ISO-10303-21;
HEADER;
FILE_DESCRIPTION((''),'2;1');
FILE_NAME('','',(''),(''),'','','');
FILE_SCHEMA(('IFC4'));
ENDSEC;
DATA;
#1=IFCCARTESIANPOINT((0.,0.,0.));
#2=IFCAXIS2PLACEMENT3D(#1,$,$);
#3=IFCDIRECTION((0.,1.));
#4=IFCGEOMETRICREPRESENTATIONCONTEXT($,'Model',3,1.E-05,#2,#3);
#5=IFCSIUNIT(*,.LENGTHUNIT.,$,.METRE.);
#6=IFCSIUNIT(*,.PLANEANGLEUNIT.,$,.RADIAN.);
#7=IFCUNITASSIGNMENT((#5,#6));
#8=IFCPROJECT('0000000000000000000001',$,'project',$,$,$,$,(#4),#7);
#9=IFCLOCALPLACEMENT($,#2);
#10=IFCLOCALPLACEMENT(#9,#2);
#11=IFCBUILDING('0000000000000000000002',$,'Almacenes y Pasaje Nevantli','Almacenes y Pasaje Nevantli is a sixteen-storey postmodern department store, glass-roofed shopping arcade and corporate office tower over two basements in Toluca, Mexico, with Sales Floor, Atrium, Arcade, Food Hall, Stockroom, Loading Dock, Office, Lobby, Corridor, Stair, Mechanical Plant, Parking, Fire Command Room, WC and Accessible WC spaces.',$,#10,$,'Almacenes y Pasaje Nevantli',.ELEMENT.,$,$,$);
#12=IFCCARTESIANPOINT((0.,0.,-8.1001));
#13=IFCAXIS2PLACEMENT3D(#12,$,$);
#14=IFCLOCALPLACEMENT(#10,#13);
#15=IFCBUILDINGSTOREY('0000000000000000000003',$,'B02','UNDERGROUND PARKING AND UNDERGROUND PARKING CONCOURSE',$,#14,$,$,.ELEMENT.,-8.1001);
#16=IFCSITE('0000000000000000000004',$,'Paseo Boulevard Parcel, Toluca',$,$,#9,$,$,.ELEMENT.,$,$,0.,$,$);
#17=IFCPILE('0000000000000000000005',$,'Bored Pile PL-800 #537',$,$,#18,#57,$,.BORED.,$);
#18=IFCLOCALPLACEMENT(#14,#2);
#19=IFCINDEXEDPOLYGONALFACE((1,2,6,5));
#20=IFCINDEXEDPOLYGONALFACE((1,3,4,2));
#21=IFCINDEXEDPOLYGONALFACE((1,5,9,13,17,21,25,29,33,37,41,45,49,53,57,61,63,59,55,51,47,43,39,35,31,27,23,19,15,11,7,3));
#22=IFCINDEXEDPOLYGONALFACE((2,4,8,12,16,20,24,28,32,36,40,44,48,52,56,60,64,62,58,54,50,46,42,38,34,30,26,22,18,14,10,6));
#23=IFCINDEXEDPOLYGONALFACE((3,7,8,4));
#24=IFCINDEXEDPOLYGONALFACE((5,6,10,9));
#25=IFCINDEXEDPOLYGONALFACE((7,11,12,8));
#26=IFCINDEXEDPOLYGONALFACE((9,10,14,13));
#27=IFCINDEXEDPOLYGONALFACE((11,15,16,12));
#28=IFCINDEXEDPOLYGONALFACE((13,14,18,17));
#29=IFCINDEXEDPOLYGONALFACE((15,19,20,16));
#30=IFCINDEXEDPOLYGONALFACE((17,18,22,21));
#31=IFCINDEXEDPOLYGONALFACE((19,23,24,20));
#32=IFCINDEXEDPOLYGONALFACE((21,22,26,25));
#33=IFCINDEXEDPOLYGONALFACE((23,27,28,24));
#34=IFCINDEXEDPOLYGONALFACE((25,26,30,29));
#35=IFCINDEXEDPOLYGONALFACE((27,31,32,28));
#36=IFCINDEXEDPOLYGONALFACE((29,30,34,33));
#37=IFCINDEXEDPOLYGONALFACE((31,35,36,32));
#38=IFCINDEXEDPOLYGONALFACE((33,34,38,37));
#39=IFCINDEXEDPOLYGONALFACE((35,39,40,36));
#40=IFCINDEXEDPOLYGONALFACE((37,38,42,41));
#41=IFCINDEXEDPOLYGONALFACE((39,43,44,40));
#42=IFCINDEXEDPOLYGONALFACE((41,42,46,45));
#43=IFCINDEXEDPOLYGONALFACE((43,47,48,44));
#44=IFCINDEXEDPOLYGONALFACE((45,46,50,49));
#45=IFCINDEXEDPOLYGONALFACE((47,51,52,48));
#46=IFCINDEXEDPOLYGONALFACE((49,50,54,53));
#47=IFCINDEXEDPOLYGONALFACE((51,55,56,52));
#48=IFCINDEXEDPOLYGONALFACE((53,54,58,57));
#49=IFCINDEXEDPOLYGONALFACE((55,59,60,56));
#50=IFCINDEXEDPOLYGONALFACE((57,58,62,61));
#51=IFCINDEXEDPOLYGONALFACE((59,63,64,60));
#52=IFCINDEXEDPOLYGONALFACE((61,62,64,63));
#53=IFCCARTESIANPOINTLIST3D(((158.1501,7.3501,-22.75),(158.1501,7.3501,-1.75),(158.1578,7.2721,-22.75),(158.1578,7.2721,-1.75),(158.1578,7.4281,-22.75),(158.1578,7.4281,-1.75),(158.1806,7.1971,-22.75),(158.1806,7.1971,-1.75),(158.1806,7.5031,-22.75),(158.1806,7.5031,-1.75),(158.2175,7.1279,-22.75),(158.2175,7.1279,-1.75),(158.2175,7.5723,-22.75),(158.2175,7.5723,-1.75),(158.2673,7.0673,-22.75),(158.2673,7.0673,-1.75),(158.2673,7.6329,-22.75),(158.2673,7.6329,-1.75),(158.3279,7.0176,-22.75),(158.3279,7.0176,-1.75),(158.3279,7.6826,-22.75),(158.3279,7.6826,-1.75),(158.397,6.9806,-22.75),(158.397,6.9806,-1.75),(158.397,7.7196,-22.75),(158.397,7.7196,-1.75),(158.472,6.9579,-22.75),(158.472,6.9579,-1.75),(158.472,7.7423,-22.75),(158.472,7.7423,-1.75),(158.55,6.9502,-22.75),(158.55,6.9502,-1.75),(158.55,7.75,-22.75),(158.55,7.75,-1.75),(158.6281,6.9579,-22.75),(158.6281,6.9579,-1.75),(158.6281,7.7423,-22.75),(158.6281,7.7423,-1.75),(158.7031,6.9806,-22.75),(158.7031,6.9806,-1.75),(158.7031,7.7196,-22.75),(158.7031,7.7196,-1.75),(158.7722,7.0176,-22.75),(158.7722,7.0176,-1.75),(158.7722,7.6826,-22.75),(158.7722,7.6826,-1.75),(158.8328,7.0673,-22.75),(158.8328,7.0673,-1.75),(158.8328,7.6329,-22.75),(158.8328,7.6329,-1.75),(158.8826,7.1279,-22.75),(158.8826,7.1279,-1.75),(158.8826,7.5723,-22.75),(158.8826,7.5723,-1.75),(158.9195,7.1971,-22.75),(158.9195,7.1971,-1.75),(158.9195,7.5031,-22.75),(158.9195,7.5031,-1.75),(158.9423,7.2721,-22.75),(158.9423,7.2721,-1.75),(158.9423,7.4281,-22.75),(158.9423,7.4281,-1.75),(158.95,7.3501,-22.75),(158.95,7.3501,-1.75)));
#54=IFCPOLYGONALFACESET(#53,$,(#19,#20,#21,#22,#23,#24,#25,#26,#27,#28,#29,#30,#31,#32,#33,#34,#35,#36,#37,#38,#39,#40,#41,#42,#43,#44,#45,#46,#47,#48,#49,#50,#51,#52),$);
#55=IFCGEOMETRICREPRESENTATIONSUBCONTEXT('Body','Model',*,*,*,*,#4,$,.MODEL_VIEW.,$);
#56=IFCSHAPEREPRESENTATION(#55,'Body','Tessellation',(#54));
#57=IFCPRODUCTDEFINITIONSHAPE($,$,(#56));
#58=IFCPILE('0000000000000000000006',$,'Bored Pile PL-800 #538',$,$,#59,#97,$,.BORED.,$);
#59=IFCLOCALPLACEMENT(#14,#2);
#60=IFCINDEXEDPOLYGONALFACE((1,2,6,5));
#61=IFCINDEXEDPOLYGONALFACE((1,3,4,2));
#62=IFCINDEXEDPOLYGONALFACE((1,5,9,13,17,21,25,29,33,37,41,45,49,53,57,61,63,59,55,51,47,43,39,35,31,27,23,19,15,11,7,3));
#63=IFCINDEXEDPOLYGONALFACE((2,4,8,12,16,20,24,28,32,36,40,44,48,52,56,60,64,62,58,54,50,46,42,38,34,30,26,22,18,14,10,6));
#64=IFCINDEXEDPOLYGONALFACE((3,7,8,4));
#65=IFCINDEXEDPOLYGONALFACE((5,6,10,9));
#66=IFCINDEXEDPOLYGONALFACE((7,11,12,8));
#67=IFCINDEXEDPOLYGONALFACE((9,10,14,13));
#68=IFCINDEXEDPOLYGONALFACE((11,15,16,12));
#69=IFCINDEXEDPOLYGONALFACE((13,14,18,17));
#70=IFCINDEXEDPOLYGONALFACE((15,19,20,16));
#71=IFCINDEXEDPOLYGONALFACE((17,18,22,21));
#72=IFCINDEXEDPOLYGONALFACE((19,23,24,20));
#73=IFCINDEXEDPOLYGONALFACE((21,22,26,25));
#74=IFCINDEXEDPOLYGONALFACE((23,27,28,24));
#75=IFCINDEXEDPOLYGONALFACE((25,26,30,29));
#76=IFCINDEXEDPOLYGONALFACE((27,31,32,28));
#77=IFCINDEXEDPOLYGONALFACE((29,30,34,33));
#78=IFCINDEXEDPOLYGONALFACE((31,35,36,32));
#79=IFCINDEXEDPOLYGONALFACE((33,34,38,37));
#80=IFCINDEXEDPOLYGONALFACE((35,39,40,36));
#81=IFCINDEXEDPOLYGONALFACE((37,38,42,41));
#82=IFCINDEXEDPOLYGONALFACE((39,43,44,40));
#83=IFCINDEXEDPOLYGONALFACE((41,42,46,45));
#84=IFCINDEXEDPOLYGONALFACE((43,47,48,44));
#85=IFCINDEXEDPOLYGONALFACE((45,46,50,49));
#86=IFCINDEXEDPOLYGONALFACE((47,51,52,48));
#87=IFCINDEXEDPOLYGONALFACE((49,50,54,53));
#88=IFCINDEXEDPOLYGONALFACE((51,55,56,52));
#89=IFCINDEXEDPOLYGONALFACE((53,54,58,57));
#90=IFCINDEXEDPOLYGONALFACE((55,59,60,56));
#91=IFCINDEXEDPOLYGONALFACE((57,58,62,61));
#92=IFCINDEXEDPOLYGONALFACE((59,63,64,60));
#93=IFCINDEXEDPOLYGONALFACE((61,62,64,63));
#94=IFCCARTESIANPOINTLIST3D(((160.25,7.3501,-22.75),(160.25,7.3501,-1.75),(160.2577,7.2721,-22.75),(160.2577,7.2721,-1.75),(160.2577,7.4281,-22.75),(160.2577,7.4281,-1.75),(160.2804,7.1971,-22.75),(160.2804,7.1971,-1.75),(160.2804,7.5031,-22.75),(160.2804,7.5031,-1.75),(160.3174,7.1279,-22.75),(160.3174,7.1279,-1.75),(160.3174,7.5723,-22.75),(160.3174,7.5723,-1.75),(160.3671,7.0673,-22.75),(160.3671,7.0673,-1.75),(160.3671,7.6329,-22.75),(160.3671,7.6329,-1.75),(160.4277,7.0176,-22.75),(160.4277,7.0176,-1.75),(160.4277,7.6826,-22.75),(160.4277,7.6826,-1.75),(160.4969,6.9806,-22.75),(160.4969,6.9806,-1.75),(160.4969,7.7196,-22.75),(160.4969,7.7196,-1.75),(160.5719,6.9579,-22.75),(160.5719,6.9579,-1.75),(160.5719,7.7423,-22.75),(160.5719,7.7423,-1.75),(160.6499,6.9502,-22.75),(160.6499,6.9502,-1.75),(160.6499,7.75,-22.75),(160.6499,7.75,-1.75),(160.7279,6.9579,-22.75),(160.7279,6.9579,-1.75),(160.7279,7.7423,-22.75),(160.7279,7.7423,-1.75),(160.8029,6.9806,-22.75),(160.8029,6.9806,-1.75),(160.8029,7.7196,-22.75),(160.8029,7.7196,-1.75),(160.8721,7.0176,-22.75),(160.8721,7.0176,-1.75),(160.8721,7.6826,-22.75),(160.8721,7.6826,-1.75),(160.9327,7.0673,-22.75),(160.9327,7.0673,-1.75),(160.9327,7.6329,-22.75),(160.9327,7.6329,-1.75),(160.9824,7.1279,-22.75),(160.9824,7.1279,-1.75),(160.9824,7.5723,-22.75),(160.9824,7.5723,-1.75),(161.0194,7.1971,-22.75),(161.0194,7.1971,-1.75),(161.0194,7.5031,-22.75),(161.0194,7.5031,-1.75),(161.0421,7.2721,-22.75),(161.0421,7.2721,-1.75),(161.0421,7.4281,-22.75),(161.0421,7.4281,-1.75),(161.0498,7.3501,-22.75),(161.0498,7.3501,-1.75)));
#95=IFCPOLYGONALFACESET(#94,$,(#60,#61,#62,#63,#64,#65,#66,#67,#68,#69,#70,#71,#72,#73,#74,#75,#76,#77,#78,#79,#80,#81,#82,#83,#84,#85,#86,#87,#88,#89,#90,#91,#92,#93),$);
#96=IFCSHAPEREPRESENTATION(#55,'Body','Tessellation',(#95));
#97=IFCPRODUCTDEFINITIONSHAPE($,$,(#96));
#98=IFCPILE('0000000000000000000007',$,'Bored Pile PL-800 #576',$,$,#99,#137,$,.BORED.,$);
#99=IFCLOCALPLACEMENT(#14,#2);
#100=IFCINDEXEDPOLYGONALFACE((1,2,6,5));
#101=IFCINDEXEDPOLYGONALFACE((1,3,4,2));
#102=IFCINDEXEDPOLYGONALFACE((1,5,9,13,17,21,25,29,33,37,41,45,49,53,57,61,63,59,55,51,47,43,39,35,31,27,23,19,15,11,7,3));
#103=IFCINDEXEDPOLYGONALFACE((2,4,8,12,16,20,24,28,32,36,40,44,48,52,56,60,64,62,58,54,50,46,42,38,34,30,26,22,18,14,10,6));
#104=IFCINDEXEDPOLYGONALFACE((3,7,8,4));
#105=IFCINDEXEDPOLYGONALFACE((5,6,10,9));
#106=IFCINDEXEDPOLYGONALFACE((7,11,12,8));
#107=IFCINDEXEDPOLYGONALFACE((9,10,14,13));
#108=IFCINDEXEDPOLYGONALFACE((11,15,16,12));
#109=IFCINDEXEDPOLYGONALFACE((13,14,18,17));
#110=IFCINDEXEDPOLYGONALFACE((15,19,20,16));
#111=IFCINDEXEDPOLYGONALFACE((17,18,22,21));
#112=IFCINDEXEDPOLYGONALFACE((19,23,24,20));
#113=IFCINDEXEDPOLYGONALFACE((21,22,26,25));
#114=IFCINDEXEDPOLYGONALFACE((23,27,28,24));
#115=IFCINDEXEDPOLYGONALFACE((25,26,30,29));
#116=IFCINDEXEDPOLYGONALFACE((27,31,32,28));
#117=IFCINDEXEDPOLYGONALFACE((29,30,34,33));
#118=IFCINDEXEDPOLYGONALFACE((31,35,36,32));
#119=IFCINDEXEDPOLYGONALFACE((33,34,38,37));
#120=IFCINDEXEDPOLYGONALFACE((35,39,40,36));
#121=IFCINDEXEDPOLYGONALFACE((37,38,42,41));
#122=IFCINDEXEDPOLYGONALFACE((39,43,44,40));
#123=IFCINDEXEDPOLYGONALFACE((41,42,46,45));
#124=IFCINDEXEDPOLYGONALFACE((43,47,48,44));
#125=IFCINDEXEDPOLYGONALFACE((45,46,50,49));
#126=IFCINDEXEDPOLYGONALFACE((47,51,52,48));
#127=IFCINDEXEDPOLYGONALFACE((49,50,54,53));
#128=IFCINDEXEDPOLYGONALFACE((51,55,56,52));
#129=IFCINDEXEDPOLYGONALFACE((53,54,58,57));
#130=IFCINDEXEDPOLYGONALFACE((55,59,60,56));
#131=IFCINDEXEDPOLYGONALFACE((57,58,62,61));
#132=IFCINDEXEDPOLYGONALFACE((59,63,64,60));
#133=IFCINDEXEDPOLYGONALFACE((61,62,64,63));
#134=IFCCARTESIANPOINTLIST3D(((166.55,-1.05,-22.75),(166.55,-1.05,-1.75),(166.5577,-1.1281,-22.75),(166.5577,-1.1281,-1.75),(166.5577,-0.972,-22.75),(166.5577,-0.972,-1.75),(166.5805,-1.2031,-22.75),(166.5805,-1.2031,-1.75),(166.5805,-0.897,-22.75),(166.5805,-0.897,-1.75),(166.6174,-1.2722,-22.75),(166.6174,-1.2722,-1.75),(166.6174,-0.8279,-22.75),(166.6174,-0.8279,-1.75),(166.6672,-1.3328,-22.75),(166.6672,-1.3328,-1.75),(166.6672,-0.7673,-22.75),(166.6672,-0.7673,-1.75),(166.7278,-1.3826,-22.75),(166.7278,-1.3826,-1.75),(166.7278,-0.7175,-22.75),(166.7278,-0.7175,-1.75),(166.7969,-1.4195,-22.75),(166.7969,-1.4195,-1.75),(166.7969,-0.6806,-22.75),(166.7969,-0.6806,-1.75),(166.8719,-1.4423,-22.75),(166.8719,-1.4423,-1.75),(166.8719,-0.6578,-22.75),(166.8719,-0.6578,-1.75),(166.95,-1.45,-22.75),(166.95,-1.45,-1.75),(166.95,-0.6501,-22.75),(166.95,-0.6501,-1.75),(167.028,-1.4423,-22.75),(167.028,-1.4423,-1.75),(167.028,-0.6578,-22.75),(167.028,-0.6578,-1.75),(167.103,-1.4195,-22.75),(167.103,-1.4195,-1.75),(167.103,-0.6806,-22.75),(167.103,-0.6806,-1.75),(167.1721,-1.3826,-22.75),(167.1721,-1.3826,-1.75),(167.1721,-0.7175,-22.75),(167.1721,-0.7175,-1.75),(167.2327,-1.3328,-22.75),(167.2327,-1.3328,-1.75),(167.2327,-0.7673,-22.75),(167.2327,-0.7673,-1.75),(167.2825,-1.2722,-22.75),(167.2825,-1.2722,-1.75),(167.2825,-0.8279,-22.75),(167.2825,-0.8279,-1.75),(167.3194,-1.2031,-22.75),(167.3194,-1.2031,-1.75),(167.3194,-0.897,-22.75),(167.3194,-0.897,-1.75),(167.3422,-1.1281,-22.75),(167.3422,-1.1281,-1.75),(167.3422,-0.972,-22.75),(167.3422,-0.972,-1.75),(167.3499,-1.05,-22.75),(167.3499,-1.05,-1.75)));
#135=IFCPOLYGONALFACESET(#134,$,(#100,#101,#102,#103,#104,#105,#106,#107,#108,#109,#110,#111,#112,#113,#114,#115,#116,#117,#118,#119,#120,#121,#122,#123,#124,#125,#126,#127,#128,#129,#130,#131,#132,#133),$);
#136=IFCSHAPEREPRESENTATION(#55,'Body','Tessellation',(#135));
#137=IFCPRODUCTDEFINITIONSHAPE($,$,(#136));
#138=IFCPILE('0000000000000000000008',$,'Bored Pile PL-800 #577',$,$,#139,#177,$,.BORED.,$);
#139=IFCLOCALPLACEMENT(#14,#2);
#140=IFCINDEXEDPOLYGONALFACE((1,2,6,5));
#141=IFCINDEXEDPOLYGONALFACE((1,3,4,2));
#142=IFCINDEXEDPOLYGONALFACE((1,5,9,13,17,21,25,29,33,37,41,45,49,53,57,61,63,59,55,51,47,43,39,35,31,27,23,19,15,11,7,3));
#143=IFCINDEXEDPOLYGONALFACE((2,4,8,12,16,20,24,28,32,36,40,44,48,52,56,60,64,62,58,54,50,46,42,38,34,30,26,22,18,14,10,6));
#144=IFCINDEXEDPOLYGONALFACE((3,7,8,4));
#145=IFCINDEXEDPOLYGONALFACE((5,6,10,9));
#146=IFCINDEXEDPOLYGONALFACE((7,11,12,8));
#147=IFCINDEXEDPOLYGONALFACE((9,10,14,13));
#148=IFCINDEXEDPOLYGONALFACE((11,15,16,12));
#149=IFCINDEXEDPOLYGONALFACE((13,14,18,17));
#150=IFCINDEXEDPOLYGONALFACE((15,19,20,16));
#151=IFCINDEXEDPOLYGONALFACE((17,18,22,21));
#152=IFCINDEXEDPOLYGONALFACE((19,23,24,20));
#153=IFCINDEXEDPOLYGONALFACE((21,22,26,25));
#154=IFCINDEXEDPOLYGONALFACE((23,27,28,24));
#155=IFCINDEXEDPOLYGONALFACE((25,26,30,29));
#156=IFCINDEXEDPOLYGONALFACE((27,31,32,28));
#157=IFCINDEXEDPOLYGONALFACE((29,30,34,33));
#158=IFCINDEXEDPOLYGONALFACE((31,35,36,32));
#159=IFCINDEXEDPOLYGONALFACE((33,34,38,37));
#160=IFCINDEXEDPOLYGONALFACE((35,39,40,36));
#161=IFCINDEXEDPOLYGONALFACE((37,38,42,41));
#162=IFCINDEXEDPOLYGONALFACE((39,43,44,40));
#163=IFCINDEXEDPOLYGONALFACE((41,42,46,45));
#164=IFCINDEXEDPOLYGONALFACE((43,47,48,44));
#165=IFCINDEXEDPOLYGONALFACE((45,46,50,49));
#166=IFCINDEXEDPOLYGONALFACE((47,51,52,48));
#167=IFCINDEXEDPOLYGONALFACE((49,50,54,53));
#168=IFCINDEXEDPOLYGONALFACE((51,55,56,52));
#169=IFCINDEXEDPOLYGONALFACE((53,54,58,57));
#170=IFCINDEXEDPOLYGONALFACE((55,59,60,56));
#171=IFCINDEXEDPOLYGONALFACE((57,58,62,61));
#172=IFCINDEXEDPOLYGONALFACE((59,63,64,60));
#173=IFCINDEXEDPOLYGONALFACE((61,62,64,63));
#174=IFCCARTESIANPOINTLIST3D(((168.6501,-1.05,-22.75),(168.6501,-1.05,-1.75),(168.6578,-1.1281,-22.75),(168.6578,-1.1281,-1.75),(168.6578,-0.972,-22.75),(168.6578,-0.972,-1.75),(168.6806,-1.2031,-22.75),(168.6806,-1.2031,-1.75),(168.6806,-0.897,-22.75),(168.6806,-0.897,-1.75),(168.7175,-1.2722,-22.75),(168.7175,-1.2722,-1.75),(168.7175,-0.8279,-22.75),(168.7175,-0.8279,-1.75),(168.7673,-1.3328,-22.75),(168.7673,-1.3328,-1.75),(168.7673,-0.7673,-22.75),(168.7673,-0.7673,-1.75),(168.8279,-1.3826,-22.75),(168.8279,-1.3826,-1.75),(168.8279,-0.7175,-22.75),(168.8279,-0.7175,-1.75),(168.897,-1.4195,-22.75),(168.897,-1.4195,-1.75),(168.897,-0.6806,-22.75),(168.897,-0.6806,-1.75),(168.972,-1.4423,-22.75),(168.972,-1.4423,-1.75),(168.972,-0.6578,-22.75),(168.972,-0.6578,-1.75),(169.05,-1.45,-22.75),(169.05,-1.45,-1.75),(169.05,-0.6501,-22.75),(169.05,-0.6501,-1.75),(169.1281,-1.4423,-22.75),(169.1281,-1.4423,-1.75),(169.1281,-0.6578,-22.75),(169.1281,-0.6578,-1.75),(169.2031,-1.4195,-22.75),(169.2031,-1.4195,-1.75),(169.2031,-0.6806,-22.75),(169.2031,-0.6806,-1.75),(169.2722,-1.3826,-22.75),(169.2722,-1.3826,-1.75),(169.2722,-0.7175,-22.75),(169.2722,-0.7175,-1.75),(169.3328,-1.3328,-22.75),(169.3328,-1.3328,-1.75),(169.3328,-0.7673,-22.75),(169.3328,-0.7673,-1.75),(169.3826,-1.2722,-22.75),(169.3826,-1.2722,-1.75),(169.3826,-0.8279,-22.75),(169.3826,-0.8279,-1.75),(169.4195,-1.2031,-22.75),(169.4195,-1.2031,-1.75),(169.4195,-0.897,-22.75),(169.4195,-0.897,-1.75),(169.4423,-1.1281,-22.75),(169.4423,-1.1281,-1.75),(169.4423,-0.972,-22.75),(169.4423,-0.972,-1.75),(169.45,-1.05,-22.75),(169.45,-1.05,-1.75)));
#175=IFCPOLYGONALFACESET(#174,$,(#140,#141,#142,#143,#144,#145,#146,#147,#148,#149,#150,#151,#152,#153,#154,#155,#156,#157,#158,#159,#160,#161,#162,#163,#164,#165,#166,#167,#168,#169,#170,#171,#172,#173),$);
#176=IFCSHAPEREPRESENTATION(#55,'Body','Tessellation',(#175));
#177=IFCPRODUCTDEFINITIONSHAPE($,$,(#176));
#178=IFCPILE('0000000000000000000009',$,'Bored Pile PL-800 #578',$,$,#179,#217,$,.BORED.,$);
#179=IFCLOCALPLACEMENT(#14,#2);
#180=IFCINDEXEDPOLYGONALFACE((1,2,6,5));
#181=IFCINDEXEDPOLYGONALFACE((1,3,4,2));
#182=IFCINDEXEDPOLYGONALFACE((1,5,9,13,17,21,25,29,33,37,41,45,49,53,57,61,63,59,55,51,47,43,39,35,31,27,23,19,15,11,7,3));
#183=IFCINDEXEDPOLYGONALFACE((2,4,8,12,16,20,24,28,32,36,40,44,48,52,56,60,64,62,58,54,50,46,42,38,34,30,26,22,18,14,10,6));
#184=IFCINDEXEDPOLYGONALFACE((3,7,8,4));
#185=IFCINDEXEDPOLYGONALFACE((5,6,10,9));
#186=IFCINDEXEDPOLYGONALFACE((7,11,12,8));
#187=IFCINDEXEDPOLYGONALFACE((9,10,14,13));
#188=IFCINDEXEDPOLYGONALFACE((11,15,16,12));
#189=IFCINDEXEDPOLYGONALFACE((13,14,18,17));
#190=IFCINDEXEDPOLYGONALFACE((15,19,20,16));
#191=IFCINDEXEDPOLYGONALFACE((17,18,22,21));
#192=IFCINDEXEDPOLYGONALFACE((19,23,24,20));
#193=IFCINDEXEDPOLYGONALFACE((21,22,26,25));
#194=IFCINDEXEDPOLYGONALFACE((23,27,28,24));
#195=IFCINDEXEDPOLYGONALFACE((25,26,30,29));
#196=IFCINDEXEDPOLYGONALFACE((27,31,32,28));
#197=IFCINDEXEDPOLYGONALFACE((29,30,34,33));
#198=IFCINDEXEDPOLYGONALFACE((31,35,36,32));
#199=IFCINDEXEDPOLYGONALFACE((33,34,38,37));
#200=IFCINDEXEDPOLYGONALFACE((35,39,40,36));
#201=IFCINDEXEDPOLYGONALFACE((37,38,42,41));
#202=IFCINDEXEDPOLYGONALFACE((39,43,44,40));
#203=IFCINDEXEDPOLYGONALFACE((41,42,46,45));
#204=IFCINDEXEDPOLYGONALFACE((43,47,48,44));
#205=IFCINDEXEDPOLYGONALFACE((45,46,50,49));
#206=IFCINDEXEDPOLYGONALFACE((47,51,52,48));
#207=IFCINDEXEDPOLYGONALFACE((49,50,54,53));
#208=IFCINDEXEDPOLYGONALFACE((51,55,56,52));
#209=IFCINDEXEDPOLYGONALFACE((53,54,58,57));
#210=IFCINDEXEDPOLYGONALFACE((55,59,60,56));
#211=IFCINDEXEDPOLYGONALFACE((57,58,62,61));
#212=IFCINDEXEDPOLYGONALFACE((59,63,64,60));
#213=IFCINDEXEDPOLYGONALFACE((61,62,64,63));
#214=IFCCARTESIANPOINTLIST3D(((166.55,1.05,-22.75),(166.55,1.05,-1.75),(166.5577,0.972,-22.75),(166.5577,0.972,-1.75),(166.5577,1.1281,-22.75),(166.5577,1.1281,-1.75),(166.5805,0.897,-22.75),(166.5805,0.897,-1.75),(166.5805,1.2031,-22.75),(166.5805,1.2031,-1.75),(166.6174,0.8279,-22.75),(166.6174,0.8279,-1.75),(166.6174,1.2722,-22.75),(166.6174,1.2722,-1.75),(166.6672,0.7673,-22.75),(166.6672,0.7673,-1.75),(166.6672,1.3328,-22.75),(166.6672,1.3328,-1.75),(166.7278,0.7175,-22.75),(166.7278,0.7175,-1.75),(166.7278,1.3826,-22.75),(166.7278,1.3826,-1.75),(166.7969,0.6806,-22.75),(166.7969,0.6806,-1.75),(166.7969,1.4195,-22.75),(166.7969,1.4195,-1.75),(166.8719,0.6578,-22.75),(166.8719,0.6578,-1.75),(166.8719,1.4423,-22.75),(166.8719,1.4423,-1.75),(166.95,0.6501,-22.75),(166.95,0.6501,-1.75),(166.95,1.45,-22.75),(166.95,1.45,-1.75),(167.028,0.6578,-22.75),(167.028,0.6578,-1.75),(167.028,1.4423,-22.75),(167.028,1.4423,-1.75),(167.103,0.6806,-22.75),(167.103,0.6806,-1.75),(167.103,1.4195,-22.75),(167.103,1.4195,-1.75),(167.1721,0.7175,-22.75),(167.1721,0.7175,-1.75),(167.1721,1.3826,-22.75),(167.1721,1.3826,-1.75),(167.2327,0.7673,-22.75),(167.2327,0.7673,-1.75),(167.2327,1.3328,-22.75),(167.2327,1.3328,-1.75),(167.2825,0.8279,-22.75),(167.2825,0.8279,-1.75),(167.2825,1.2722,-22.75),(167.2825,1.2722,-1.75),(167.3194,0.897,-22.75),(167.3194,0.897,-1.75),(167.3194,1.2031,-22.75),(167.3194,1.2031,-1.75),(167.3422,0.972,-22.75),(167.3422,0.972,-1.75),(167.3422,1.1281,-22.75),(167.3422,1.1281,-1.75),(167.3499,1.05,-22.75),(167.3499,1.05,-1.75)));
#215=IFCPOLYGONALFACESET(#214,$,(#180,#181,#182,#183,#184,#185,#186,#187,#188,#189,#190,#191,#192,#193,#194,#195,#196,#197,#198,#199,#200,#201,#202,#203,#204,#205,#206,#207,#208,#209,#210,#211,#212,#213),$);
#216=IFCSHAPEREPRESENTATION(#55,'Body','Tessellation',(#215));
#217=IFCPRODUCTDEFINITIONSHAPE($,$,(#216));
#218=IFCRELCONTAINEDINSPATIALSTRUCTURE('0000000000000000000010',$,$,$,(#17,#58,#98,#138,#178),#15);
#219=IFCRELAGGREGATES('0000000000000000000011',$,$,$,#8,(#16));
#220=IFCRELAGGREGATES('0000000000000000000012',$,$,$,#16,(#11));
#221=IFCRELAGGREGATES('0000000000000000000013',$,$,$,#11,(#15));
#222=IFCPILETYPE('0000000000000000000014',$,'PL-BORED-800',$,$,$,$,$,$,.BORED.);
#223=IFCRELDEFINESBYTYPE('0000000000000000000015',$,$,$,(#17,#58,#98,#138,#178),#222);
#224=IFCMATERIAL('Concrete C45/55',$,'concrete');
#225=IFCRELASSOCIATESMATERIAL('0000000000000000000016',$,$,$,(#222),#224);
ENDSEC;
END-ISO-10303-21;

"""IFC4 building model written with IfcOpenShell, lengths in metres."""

from ifc_helpers import new_model, si_unit, direction, frame, origin, origin_2d, place, context, subcontext, project, spatial, circle, extrude, material, material_profile, profile_set, type_object, element, save


model = new_model("IFC4")

# Units and contexts
model_context = context("Model", 3, precision=1e-05, world=origin(), true_north=direction((0.0, 1.0)))
body_context = subcontext(model_context, "Body", "Model", "MODEL_VIEW")
ifc_project = project(units=[si_unit("LENGTHUNIT", "METRE"), si_unit("PLANEANGLEUNIT", "RADIAN")], contexts=[model_context])

# Site, building, storey
site_placement = place(None, origin())
site = spatial("IfcSite", under=ifc_project, at=site_placement, Name="Paseo Boulevard Parcel, Toluca", CompositionType="ELEMENT", RefElevation=0.0)
building_placement = place(site_placement, origin())
building = spatial("IfcBuilding", under=site, at=building_placement, Name="Almacenes y Pasaje Nevantli", Description="Almacenes y Pasaje Nevantli is a sixteen-storey postmodern department store, glass-roofed shopping arcade and corporate office tower over two basements in Toluca, Mexico, with Sales Floor, Atrium, Arcade, Food Hall, Stockroom, Loading Dock, Office, Lobby, Corridor, Stair, Mechanical Plant, Parking, Fire Command Room, WC and Accessible WC spaces.", LongName="Almacenes y Pasaje Nevantli", CompositionType="ELEMENT")
storey_placement = place(building_placement, frame((0.0, 0.0, -8.1001)))
storey = spatial("IfcBuildingStorey", under=building, at=storey_placement, Name="B02", Description="UNDERGROUND PARKING AND UNDERGROUND PARKING CONCOURSE", CompositionType="ELEMENT", Elevation=-8.1001)

# Piles
ifc_material_1 = material(Name="Concrete C45/55", Category="concrete")
ifc_material_profile_1 = material_profile(ifc_material_1, circle(Radius=0.3999, at=origin_2d()), Name="RC-PILE-D800")
ifc_profile_set_1 = profile_set([ifc_material_profile_1], Name="Concrete C45/55")
pile_type_1 = type_object("IfcPileType", Name="PL-BORED-800", PredefinedType="BORED", material=ifc_profile_set_1)
for number, where, z_axis, x_axis, name in (
    (1, (158.55, 7.3501, -1.75), (0.0, 0.0, -1.0), (1.0, 0.0, 0.0), "Bored Pile PL-800 #537"),
    (2, (160.6499, 7.3501, -1.75), (0.0, 0.0, -1.0), (1.0, 0.0, 0.0), "Bored Pile PL-800 #538"),
    (3, (166.95, -1.05, -1.75), (0.0, 0.0, -1.0), (1.0, 0.0, 0.0), "Bored Pile PL-800 #576"),
    (4, (169.05, -1.05, -1.75), (0.0, 0.0, -1.0), (1.0, 0.0, 0.0), "Bored Pile PL-800 #577"),
    (5, (166.95, 1.05, -1.75), (0.0, 0.0, -1.0), (1.0, 0.0, 0.0), "Bored Pile PL-800 #578"),
):
    element("IfcPile", number, at=place(storey_placement, frame(where, z_axis=z_axis, x_axis=x_axis)), inside=storey, type_object=pile_type_1, Name=name, PredefinedType="BORED", context=body_context, shape_type="SweptSolid", body=[
        extrude(circle(Radius=0.3999, at=origin_2d()), origin(), (0.0, 0.0, 1.0), 21.0),
    ])

save(model, "model.ifc")
